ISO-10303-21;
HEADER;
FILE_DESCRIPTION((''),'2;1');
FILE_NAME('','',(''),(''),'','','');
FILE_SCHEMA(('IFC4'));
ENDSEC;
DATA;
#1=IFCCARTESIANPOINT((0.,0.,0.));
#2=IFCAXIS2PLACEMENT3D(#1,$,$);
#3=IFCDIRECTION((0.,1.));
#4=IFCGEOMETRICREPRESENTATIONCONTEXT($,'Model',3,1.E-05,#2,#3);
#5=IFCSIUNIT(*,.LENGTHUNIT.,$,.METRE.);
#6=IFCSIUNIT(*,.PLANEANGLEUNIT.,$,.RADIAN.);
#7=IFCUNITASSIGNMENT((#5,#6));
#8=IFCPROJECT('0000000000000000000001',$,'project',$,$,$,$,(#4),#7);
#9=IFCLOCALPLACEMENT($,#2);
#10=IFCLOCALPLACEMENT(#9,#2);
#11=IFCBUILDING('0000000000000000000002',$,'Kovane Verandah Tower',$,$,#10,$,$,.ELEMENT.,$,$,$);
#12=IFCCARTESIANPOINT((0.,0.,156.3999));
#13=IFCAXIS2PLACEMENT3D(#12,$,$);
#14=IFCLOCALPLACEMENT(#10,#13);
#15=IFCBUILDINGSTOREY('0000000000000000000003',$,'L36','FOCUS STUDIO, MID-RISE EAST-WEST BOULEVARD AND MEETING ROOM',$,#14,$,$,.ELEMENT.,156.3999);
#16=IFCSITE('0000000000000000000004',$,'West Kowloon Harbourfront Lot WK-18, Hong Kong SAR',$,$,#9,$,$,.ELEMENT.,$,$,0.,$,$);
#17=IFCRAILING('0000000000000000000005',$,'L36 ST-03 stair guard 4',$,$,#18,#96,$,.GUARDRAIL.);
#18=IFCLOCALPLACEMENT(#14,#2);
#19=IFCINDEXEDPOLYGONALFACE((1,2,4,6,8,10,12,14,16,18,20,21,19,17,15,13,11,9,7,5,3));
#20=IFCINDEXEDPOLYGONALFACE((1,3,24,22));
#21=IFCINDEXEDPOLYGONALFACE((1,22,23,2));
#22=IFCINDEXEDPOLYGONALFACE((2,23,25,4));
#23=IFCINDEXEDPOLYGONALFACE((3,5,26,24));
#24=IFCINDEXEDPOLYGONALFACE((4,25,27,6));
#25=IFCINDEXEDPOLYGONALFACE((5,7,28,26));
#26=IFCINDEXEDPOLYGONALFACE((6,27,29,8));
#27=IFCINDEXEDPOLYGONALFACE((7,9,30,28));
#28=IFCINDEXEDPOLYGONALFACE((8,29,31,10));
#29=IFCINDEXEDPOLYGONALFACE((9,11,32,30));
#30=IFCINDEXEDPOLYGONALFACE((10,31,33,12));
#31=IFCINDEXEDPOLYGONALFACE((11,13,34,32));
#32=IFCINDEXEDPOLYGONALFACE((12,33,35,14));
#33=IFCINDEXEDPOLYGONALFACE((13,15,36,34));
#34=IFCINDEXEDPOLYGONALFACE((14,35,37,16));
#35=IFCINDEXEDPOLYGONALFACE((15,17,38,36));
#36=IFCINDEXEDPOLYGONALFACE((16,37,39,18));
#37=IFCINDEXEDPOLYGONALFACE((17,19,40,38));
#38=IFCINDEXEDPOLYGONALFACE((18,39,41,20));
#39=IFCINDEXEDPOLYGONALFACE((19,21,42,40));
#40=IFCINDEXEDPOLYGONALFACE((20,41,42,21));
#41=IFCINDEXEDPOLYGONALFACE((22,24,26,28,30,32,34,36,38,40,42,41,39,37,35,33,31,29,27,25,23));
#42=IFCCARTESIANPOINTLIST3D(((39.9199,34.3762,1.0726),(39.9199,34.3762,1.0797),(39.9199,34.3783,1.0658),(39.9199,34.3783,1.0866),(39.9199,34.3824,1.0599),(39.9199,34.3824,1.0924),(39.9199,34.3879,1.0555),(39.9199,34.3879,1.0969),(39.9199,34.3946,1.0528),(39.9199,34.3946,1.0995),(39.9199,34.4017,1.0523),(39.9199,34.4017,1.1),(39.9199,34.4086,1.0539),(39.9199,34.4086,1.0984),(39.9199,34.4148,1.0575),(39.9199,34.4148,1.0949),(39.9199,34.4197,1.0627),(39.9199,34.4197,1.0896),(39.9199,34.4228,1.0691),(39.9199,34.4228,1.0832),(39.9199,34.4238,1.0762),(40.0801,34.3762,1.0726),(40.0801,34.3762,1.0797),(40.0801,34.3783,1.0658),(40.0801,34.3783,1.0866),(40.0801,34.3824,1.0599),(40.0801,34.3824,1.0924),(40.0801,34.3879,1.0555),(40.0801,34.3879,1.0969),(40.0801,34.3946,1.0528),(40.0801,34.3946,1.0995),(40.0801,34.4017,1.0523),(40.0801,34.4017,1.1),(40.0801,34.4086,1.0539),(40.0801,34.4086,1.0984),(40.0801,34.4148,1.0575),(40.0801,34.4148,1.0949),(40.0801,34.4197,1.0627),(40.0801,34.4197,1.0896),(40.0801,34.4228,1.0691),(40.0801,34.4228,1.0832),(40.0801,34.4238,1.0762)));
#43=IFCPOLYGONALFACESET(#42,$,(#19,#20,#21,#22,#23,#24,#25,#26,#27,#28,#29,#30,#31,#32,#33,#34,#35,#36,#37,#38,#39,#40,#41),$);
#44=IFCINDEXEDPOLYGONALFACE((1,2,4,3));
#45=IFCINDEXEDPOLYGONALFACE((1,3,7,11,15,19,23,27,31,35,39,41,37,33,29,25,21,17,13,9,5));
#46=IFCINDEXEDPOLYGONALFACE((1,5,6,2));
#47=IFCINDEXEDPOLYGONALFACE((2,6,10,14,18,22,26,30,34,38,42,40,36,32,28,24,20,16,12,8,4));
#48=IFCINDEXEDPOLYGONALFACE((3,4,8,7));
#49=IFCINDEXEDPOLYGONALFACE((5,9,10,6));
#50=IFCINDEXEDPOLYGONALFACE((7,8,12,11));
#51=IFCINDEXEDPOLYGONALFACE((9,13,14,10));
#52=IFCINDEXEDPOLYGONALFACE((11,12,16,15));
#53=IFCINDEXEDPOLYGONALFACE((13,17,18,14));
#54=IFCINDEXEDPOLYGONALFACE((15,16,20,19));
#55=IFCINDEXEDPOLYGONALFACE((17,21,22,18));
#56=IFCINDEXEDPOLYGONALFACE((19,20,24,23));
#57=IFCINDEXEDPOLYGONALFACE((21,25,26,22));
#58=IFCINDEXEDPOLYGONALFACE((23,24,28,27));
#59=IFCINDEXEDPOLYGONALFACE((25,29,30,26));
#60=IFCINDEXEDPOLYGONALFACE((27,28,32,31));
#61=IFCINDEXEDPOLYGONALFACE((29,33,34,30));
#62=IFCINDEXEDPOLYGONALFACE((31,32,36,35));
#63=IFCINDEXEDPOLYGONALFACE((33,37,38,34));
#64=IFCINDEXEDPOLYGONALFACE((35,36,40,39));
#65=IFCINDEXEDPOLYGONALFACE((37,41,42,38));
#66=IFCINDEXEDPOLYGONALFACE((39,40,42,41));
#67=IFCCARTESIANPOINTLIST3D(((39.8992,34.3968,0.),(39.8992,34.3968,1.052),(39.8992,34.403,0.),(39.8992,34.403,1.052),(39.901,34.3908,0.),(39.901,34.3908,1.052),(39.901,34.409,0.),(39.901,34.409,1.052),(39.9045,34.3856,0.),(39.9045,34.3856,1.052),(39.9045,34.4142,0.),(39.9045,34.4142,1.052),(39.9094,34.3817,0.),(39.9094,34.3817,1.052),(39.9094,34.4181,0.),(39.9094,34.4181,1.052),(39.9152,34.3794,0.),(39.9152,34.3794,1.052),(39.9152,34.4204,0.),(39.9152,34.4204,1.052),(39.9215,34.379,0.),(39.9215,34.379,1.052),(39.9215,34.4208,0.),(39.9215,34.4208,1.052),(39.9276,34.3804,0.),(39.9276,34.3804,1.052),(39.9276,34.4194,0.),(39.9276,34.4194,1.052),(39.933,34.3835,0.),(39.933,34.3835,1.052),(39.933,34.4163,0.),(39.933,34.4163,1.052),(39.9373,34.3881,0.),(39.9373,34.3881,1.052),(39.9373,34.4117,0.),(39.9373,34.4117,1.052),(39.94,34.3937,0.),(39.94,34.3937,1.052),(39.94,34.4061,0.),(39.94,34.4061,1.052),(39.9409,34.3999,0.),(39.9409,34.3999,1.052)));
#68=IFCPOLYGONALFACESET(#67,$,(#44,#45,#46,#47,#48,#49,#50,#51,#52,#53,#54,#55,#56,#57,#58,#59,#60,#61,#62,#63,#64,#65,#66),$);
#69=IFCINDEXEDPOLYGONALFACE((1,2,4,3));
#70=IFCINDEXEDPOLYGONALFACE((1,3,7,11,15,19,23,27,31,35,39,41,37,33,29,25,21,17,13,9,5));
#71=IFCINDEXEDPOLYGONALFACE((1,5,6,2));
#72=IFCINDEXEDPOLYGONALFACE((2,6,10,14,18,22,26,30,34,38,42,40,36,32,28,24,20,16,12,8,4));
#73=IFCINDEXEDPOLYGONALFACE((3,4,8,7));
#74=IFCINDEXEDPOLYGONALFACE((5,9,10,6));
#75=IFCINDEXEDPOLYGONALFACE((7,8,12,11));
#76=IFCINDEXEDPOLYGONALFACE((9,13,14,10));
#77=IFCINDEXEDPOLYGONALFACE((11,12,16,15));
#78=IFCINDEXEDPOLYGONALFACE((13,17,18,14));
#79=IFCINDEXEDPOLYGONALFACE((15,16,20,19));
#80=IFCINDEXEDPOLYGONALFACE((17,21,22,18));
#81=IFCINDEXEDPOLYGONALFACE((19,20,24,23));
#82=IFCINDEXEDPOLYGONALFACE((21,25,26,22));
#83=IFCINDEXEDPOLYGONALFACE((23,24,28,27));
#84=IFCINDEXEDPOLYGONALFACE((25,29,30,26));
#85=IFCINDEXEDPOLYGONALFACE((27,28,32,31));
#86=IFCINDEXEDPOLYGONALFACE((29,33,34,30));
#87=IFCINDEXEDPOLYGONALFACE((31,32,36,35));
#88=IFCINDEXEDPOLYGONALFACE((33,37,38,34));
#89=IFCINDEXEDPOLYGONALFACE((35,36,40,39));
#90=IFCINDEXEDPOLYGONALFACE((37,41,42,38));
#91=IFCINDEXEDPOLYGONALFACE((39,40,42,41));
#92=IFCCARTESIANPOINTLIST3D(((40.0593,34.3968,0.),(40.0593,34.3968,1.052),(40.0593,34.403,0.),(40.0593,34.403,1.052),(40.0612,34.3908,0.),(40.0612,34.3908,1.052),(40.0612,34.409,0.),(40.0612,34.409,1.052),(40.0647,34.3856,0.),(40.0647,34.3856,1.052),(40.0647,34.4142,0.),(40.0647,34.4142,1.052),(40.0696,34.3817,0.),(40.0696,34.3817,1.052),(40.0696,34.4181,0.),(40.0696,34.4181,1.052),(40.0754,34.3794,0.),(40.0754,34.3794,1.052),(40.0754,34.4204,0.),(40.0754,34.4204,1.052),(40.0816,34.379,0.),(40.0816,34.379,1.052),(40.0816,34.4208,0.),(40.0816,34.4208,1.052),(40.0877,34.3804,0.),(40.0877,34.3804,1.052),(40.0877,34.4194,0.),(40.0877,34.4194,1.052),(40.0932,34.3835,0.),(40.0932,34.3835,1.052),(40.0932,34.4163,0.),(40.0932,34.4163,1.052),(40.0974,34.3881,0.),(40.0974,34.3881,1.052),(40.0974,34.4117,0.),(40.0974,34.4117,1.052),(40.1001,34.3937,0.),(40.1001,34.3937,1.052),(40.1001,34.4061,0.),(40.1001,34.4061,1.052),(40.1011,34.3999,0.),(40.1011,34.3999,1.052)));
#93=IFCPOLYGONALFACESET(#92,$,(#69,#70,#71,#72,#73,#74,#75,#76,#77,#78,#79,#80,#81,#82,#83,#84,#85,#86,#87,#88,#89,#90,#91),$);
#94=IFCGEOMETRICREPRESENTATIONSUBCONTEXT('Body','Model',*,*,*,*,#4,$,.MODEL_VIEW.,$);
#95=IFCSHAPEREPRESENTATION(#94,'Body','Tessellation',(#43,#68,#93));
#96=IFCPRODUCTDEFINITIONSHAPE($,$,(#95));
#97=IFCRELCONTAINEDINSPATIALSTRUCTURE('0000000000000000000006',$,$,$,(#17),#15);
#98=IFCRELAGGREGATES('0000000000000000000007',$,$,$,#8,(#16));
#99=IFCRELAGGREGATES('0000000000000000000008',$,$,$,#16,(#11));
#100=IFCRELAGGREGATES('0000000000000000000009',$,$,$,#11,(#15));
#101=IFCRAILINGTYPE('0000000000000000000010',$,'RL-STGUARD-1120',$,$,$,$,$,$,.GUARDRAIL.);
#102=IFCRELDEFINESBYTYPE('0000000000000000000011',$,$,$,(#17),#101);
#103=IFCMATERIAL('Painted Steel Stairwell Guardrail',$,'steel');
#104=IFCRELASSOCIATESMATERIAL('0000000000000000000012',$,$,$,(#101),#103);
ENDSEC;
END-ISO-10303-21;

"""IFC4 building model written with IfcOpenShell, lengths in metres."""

from ifc_helpers import new_model, si_unit, direction, frame, origin, origin_2d, place, context, subcontext, project, spatial, circle, extrude, material, type_object, element, save


model = new_model("IFC4")

# Units and contexts
model_context = context("Model", 3, precision=1e-05, world=origin(), true_north=direction((0.0, 1.0)))
body_context = subcontext(model_context, "Body", "Model", "MODEL_VIEW")
ifc_project = project(units=[si_unit("LENGTHUNIT", "METRE"), si_unit("PLANEANGLEUNIT", "RADIAN")], contexts=[model_context])

# Site, building, storey
site_placement = place(None, origin())
site = spatial("IfcSite", under=ifc_project, at=site_placement, Name="West Kowloon Harbourfront Lot WK-18, Hong Kong SAR", CompositionType="ELEMENT", RefElevation=0.0)
building_placement = place(site_placement, origin())
building = spatial("IfcBuilding", under=site, at=building_placement, Name="Kovane Verandah Tower", CompositionType="ELEMENT")
storey_placement = place(building_placement, frame((0.0, 0.0, 156.3999)))
storey = spatial("IfcBuildingStorey", under=building, at=storey_placement, Name="L36", Description="FOCUS STUDIO, MID-RISE EAST-WEST BOULEVARD AND MEETING ROOM", CompositionType="ELEMENT", Elevation=156.3999)

# Railing
ifc_material_1 = material(Name="Painted Steel Stairwell Guardrail", Category="steel")
railing_type_1 = type_object("IfcRailingType", Name="RL-STGUARD-1120", PredefinedType="GUARDRAIL", material=ifc_material_1)
railing_1_placement = place(storey_placement, frame((39.9199, 34.3999, 0.0)))
element("IfcRailing", 1, at=railing_1_placement, inside=storey, type_object=railing_type_1, Name="L36 ST-03 stair guard 4", PredefinedType="GUARDRAIL", context=body_context, shape_type="SweptSolid", body=[
    extrude(circle(Radius=0.0239, at=origin_2d()), frame((0.0, 0.0, 1.0762), z_axis=(1.0, 0.0, 0.0), x_axis=(0.0, 1.0, 0.0)), (0.0, 0.0, 1.0), 0.1602),
    extrude(circle(Radius=0.021, at=origin_2d()), origin(), (0.0, 0.0, 1.0), 1.052),
    extrude(circle(Radius=0.021, at=origin_2d()), frame((0.1602, 0.0, 0.0)), (0.0, 0.0, 1.0), 1.052),
])

save(model, "model.ifc")
